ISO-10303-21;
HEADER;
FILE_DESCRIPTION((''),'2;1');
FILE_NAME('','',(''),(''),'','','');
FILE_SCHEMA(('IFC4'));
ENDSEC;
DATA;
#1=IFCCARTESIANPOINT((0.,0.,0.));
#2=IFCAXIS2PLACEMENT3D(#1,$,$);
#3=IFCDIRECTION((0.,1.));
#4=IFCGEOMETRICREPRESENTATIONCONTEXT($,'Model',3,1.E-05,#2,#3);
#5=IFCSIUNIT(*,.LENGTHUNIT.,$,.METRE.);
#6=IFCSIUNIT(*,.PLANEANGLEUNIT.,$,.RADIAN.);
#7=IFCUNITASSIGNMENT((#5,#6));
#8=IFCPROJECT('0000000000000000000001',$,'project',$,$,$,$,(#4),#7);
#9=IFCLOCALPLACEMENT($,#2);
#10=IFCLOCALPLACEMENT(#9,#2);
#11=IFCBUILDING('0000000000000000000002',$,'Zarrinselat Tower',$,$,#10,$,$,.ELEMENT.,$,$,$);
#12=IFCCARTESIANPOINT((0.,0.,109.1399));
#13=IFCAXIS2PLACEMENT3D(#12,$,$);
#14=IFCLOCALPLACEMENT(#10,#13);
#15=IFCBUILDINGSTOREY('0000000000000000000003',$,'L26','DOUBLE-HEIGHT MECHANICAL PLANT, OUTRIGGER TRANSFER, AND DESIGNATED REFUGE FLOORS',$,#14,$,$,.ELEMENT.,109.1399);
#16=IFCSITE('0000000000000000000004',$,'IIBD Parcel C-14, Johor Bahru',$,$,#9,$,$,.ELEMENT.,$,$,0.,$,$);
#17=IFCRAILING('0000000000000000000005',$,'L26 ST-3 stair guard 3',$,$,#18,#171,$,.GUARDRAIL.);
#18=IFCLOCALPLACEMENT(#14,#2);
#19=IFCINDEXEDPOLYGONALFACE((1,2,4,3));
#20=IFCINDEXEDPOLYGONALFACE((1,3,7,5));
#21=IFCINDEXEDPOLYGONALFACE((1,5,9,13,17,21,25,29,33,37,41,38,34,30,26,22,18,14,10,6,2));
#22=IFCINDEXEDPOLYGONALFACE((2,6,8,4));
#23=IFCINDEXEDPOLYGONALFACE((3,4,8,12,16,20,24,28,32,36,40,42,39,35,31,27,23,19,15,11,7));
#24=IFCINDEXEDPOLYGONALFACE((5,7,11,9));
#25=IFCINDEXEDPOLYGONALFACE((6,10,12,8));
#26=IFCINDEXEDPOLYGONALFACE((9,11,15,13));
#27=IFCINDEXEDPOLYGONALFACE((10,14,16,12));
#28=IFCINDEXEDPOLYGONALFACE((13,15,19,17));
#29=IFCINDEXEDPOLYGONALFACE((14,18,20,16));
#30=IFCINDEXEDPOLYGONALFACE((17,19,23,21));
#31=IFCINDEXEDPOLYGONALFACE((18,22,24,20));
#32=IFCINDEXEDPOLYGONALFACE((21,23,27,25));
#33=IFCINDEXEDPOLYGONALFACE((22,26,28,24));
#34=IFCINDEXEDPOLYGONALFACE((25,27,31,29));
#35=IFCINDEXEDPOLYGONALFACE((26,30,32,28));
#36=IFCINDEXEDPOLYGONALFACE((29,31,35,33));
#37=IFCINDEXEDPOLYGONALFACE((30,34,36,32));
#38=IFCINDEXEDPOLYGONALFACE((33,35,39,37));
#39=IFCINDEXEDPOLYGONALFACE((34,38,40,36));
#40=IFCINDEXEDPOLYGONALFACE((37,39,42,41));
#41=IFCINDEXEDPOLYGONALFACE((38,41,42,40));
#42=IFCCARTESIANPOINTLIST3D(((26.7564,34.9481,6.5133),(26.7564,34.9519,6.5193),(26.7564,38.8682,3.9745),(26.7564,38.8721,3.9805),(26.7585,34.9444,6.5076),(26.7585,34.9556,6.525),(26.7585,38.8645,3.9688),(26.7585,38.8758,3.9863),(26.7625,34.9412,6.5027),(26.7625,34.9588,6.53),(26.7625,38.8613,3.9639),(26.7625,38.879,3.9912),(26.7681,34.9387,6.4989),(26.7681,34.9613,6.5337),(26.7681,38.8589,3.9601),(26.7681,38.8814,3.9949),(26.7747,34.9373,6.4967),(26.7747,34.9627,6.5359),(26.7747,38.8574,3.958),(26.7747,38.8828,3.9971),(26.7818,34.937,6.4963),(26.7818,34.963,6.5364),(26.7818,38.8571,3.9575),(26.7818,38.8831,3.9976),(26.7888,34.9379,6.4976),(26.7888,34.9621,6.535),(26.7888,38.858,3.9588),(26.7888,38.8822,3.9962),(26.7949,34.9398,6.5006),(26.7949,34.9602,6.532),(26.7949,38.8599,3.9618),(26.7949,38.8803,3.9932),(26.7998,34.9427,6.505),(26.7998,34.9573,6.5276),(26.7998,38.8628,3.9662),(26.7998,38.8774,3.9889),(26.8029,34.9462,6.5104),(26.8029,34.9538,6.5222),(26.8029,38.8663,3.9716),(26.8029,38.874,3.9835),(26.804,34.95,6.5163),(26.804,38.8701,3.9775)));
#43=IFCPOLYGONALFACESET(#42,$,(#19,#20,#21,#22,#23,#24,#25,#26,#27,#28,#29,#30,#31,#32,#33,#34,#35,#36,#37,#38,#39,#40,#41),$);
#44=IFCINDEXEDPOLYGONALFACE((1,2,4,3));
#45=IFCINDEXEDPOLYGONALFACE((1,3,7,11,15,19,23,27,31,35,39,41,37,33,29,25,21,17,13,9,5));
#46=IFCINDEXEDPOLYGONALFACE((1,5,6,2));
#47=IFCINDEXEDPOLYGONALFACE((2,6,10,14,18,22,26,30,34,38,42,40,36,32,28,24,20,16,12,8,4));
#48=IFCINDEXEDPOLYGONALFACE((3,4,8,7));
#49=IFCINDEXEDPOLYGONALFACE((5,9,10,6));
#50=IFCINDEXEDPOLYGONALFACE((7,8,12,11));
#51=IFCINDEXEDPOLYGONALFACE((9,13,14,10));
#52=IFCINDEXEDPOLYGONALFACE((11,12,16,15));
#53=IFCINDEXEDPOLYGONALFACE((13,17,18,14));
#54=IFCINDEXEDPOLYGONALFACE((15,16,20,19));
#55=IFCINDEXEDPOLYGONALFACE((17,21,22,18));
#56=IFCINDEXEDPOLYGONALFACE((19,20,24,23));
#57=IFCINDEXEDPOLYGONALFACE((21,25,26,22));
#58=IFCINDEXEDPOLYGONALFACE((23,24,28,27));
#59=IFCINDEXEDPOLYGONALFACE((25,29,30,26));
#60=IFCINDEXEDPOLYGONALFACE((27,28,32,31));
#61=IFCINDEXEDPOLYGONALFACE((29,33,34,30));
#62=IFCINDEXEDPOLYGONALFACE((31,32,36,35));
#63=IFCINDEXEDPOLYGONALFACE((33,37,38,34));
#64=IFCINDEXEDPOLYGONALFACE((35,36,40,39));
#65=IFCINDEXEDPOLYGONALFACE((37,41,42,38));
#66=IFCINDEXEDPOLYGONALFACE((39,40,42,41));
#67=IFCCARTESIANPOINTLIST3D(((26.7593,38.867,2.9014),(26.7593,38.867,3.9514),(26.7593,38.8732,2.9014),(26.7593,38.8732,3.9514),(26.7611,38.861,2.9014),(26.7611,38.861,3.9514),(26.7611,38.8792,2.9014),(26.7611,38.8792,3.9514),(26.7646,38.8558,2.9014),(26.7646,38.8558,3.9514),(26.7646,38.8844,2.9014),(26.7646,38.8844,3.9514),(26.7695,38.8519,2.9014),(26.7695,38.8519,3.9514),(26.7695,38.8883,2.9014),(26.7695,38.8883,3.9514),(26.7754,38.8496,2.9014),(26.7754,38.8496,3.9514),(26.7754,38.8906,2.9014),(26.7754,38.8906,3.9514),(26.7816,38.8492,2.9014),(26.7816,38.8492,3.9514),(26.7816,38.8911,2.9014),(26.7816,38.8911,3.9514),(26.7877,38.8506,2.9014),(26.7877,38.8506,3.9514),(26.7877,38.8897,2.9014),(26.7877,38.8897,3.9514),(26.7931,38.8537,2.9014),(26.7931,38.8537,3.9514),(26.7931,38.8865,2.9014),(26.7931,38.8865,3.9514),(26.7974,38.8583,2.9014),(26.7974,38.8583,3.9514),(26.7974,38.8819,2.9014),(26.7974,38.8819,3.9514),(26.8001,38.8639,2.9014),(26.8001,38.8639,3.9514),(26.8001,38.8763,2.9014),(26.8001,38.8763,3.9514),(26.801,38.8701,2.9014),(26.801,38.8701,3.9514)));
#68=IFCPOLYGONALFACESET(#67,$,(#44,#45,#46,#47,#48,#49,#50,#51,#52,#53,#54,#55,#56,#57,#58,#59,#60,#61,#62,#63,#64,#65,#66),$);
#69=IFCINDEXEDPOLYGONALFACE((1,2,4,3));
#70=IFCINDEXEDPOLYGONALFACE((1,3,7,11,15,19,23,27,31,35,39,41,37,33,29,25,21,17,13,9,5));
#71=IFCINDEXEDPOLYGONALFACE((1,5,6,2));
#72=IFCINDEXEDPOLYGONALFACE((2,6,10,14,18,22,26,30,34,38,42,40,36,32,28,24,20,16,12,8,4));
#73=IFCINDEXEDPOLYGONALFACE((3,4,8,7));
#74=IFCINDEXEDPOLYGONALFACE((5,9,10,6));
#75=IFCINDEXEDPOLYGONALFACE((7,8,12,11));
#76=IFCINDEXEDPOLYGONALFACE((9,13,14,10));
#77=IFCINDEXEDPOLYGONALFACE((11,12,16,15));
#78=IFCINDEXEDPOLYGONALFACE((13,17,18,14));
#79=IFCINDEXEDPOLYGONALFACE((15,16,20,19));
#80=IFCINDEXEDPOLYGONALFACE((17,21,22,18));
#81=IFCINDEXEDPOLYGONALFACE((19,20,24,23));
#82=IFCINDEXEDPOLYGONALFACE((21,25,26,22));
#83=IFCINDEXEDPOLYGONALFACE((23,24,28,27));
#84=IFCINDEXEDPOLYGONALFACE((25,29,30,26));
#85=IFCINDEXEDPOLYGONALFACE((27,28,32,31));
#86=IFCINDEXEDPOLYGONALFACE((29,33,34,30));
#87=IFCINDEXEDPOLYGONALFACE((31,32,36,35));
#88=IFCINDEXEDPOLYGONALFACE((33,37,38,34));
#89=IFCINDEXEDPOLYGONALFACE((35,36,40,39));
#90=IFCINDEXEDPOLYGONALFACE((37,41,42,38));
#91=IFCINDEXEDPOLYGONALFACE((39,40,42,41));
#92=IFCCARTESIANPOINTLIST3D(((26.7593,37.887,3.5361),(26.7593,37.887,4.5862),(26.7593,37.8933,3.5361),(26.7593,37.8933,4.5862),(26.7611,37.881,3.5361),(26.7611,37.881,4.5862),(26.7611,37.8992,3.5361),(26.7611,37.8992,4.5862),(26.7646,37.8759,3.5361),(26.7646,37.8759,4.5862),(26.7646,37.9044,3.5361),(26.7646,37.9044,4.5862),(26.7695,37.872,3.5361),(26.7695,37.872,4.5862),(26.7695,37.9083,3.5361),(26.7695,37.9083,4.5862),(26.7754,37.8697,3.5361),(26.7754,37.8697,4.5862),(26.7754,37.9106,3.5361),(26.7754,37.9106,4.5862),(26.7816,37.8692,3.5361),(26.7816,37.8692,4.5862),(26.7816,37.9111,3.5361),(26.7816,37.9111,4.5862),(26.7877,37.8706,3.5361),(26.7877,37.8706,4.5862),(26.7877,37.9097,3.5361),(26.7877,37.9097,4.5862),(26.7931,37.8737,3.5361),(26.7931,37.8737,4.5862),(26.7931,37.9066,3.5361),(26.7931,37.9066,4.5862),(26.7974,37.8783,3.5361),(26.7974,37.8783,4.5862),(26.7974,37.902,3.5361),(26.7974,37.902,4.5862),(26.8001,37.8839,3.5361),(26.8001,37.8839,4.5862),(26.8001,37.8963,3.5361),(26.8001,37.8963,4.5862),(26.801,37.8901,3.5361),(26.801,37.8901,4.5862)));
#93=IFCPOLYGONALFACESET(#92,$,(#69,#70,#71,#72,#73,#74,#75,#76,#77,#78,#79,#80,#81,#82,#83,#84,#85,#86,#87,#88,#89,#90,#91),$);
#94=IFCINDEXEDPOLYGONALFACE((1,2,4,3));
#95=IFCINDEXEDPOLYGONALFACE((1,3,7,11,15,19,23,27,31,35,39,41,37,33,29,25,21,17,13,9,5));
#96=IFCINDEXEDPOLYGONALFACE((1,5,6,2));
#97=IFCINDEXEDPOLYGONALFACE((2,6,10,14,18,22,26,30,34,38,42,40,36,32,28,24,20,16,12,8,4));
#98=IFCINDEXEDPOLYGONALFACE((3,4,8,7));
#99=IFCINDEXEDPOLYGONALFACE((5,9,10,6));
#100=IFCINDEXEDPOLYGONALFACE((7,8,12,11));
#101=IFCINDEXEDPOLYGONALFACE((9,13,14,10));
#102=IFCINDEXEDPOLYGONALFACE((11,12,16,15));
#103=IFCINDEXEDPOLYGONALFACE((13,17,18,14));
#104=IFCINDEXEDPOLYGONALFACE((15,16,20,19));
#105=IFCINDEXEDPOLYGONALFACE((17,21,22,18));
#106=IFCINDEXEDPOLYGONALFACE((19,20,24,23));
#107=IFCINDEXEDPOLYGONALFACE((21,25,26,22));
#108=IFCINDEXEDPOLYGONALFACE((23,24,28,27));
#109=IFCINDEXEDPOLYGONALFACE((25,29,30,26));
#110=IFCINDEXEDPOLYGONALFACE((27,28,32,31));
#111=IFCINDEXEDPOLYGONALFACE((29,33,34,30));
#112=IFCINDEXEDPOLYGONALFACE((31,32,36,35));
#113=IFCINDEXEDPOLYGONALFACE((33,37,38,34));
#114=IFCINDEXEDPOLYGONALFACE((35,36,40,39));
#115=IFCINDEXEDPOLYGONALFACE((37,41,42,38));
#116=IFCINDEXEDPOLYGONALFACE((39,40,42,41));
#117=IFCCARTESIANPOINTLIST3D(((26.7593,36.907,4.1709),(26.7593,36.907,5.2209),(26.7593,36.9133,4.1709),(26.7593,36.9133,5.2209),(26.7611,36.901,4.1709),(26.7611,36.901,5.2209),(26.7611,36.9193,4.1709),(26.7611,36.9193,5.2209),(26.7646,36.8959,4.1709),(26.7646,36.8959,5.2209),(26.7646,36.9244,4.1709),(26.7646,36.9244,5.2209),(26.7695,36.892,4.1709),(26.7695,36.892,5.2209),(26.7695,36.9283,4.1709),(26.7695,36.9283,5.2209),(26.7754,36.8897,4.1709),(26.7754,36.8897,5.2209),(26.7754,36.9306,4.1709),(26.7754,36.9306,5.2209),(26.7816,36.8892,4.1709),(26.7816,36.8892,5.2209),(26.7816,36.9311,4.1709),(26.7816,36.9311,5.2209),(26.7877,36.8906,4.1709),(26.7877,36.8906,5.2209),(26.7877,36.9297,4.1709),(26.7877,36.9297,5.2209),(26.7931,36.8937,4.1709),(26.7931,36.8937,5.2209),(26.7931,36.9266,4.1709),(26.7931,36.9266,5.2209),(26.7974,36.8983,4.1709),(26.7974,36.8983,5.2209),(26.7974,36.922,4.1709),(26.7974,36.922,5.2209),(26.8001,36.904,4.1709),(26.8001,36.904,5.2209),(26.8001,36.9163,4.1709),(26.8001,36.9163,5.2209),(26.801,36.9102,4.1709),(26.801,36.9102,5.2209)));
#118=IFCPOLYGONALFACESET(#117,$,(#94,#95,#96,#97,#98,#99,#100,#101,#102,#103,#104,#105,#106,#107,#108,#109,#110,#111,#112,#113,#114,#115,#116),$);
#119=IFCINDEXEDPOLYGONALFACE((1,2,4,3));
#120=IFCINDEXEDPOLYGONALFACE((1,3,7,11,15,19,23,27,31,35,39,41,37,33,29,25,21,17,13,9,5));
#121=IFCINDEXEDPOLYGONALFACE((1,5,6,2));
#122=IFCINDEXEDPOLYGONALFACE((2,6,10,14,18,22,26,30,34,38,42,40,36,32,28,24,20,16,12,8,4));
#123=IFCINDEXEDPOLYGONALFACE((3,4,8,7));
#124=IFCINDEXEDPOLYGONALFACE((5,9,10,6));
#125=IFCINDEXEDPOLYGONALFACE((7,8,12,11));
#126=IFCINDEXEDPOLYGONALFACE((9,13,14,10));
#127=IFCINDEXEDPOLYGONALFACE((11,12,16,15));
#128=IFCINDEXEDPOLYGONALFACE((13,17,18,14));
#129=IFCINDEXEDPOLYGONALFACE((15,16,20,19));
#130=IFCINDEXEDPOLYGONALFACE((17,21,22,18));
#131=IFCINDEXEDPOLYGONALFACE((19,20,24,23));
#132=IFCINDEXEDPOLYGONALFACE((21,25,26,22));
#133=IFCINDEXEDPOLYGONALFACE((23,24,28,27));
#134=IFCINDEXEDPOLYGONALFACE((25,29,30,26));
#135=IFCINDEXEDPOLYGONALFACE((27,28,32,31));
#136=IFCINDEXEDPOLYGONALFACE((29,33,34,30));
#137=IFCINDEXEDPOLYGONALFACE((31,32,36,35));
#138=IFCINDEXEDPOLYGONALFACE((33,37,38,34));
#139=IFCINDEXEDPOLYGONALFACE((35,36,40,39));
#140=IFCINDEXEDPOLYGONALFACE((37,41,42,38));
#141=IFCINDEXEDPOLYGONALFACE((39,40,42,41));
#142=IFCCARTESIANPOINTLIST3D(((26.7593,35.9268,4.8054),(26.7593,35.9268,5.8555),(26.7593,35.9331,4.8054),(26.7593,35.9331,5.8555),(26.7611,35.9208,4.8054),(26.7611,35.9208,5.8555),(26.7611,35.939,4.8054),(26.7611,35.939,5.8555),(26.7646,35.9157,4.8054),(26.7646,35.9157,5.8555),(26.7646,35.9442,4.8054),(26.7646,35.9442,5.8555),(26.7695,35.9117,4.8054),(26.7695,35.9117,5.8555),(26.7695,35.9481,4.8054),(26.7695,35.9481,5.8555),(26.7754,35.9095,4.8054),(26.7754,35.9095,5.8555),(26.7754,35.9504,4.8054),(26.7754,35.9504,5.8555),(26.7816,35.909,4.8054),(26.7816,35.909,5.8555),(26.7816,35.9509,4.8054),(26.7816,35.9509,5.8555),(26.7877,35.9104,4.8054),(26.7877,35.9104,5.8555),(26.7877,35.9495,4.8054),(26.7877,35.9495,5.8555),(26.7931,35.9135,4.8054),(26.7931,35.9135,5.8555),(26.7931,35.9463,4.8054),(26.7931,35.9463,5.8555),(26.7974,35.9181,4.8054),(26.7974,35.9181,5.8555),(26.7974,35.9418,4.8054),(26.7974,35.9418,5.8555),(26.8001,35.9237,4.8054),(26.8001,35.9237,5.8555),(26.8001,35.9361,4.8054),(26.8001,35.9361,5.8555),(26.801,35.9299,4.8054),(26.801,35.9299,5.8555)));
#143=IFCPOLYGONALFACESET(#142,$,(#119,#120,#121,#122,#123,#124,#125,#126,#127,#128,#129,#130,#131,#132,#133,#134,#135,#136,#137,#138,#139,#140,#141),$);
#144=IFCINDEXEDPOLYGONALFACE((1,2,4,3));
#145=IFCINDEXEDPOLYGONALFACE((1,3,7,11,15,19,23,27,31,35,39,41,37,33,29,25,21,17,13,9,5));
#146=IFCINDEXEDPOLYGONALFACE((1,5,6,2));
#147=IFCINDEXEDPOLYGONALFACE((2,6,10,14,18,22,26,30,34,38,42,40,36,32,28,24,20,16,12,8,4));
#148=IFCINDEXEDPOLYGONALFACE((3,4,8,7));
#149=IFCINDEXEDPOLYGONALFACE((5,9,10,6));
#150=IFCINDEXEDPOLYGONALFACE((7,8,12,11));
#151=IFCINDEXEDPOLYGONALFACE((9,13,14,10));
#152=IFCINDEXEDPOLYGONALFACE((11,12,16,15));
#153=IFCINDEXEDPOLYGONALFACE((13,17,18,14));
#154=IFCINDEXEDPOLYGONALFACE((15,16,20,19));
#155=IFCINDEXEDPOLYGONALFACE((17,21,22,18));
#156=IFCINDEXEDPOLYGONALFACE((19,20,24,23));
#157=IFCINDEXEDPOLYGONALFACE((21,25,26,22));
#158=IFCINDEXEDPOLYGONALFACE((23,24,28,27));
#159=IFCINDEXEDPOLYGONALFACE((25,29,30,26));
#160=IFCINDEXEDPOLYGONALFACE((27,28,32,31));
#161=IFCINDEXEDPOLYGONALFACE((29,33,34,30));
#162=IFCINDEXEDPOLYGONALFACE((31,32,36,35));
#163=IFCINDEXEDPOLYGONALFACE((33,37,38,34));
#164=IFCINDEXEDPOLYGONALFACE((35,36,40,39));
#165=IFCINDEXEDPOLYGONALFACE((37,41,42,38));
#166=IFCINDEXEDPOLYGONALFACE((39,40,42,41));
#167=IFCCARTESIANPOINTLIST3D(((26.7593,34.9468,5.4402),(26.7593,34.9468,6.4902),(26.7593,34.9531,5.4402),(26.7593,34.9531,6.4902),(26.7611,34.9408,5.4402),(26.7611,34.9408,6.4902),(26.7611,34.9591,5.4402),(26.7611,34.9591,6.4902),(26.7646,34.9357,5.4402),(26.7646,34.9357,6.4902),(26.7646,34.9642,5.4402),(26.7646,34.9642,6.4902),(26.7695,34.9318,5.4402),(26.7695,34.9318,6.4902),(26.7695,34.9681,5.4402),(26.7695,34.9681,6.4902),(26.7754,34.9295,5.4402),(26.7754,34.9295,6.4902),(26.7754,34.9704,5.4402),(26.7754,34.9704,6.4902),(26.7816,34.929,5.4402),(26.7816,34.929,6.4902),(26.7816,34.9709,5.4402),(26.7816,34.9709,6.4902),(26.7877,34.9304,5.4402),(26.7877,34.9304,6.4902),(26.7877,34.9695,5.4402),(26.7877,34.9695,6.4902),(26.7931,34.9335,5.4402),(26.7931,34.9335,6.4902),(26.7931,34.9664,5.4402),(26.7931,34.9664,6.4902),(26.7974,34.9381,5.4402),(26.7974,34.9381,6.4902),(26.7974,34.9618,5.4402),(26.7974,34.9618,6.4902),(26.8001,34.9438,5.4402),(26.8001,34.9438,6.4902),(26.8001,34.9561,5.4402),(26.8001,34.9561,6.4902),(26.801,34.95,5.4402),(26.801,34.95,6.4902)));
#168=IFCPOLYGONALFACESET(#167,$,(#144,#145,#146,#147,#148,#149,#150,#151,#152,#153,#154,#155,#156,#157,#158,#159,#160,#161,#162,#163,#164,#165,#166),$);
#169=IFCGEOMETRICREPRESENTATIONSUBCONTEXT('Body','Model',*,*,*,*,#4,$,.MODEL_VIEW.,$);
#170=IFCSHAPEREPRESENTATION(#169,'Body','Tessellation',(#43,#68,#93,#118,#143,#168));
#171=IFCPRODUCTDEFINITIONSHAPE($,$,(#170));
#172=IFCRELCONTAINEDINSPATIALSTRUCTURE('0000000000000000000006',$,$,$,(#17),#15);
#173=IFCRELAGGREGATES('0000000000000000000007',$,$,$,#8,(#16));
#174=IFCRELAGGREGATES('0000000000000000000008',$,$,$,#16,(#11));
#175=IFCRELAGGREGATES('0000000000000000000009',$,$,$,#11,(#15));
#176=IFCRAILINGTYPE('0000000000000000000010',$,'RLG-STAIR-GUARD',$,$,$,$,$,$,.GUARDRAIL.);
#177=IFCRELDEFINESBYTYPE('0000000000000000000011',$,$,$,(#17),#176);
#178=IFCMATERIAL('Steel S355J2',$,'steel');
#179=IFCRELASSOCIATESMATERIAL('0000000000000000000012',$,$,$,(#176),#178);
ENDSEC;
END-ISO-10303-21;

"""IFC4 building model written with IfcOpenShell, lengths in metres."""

from ifc_helpers import new_model, si_unit, direction, frame, origin, origin_2d, place, context, subcontext, project, spatial, circle, extrude, material, type_object, element, save


model = new_model("IFC4")

# Units and contexts
model_context = context("Model", 3, precision=1e-05, world=origin(), true_north=direction((0.0, 1.0)))
body_context = subcontext(model_context, "Body", "Model", "MODEL_VIEW")
ifc_project = project(units=[si_unit("LENGTHUNIT", "METRE"), si_unit("PLANEANGLEUNIT", "RADIAN")], contexts=[model_context])

# Site, building, storey
site_placement = place(None, origin())
site = spatial("IfcSite", under=ifc_project, at=site_placement, Name="IIBD Parcel C-14, Johor Bahru", CompositionType="ELEMENT", RefElevation=0.0)
building_placement = place(site_placement, origin())
building = spatial("IfcBuilding", under=site, at=building_placement, Name="Zarrinselat Tower", CompositionType="ELEMENT")
storey_placement = place(building_placement, frame((0.0, 0.0, 109.1399)))
storey = spatial("IfcBuildingStorey", under=building, at=storey_placement, Name="L26", Description="DOUBLE-HEIGHT MECHANICAL PLANT, OUTRIGGER TRANSFER, AND DESIGNATED REFUGE FLOORS", CompositionType="ELEMENT", Elevation=109.1399)

# Railing
ifc_material_1 = material(Name="Steel S355J2", Category="steel")
railing_type_1 = type_object("IfcRailingType", Name="RLG-STAIR-GUARD", PredefinedType="GUARDRAIL", material=ifc_material_1)
railing_1_placement = place(storey_placement, frame((26.78, 38.8701, 2.9014)))
element("IfcRailing", 1, at=railing_1_placement, inside=storey, type_object=railing_type_1, Name="L26 ST-3 stair guard 3", PredefinedType="GUARDRAIL", context=body_context, shape_type="SweptSolid", body=[
    extrude(circle(Radius=0.0239, at=origin_2d()), frame((0.0, 0.0, 1.0762), z_axis=(0.0, -0.839351, 0.543589), x_axis=(1.0, 0.0, 0.0)), (0.0, 0.0, 1.0), 4.6704),
    extrude(circle(Radius=0.021, at=origin_2d()), origin(), (0.0, 0.0, 1.0), 1.05),
    extrude(circle(Radius=0.021, at=origin_2d()), frame((0.0, -0.98, 0.6348)), (0.0, 0.0, 1.0), 1.05),
    extrude(circle(Radius=0.021, at=origin_2d()), frame((0.0, -1.96, 1.2695)), (0.0, 0.0, 1.0), 1.05),
    extrude(circle(Radius=0.021, at=origin_2d()), frame((0.0, -2.9402, 1.9041)), (0.0, 0.0, 1.0), 1.05),
    extrude(circle(Radius=0.021, at=origin_2d()), frame((0.0, -3.9202, 2.5388)), (0.0, 0.0, 1.0), 1.05),
])

save(model, "model.ifc")
